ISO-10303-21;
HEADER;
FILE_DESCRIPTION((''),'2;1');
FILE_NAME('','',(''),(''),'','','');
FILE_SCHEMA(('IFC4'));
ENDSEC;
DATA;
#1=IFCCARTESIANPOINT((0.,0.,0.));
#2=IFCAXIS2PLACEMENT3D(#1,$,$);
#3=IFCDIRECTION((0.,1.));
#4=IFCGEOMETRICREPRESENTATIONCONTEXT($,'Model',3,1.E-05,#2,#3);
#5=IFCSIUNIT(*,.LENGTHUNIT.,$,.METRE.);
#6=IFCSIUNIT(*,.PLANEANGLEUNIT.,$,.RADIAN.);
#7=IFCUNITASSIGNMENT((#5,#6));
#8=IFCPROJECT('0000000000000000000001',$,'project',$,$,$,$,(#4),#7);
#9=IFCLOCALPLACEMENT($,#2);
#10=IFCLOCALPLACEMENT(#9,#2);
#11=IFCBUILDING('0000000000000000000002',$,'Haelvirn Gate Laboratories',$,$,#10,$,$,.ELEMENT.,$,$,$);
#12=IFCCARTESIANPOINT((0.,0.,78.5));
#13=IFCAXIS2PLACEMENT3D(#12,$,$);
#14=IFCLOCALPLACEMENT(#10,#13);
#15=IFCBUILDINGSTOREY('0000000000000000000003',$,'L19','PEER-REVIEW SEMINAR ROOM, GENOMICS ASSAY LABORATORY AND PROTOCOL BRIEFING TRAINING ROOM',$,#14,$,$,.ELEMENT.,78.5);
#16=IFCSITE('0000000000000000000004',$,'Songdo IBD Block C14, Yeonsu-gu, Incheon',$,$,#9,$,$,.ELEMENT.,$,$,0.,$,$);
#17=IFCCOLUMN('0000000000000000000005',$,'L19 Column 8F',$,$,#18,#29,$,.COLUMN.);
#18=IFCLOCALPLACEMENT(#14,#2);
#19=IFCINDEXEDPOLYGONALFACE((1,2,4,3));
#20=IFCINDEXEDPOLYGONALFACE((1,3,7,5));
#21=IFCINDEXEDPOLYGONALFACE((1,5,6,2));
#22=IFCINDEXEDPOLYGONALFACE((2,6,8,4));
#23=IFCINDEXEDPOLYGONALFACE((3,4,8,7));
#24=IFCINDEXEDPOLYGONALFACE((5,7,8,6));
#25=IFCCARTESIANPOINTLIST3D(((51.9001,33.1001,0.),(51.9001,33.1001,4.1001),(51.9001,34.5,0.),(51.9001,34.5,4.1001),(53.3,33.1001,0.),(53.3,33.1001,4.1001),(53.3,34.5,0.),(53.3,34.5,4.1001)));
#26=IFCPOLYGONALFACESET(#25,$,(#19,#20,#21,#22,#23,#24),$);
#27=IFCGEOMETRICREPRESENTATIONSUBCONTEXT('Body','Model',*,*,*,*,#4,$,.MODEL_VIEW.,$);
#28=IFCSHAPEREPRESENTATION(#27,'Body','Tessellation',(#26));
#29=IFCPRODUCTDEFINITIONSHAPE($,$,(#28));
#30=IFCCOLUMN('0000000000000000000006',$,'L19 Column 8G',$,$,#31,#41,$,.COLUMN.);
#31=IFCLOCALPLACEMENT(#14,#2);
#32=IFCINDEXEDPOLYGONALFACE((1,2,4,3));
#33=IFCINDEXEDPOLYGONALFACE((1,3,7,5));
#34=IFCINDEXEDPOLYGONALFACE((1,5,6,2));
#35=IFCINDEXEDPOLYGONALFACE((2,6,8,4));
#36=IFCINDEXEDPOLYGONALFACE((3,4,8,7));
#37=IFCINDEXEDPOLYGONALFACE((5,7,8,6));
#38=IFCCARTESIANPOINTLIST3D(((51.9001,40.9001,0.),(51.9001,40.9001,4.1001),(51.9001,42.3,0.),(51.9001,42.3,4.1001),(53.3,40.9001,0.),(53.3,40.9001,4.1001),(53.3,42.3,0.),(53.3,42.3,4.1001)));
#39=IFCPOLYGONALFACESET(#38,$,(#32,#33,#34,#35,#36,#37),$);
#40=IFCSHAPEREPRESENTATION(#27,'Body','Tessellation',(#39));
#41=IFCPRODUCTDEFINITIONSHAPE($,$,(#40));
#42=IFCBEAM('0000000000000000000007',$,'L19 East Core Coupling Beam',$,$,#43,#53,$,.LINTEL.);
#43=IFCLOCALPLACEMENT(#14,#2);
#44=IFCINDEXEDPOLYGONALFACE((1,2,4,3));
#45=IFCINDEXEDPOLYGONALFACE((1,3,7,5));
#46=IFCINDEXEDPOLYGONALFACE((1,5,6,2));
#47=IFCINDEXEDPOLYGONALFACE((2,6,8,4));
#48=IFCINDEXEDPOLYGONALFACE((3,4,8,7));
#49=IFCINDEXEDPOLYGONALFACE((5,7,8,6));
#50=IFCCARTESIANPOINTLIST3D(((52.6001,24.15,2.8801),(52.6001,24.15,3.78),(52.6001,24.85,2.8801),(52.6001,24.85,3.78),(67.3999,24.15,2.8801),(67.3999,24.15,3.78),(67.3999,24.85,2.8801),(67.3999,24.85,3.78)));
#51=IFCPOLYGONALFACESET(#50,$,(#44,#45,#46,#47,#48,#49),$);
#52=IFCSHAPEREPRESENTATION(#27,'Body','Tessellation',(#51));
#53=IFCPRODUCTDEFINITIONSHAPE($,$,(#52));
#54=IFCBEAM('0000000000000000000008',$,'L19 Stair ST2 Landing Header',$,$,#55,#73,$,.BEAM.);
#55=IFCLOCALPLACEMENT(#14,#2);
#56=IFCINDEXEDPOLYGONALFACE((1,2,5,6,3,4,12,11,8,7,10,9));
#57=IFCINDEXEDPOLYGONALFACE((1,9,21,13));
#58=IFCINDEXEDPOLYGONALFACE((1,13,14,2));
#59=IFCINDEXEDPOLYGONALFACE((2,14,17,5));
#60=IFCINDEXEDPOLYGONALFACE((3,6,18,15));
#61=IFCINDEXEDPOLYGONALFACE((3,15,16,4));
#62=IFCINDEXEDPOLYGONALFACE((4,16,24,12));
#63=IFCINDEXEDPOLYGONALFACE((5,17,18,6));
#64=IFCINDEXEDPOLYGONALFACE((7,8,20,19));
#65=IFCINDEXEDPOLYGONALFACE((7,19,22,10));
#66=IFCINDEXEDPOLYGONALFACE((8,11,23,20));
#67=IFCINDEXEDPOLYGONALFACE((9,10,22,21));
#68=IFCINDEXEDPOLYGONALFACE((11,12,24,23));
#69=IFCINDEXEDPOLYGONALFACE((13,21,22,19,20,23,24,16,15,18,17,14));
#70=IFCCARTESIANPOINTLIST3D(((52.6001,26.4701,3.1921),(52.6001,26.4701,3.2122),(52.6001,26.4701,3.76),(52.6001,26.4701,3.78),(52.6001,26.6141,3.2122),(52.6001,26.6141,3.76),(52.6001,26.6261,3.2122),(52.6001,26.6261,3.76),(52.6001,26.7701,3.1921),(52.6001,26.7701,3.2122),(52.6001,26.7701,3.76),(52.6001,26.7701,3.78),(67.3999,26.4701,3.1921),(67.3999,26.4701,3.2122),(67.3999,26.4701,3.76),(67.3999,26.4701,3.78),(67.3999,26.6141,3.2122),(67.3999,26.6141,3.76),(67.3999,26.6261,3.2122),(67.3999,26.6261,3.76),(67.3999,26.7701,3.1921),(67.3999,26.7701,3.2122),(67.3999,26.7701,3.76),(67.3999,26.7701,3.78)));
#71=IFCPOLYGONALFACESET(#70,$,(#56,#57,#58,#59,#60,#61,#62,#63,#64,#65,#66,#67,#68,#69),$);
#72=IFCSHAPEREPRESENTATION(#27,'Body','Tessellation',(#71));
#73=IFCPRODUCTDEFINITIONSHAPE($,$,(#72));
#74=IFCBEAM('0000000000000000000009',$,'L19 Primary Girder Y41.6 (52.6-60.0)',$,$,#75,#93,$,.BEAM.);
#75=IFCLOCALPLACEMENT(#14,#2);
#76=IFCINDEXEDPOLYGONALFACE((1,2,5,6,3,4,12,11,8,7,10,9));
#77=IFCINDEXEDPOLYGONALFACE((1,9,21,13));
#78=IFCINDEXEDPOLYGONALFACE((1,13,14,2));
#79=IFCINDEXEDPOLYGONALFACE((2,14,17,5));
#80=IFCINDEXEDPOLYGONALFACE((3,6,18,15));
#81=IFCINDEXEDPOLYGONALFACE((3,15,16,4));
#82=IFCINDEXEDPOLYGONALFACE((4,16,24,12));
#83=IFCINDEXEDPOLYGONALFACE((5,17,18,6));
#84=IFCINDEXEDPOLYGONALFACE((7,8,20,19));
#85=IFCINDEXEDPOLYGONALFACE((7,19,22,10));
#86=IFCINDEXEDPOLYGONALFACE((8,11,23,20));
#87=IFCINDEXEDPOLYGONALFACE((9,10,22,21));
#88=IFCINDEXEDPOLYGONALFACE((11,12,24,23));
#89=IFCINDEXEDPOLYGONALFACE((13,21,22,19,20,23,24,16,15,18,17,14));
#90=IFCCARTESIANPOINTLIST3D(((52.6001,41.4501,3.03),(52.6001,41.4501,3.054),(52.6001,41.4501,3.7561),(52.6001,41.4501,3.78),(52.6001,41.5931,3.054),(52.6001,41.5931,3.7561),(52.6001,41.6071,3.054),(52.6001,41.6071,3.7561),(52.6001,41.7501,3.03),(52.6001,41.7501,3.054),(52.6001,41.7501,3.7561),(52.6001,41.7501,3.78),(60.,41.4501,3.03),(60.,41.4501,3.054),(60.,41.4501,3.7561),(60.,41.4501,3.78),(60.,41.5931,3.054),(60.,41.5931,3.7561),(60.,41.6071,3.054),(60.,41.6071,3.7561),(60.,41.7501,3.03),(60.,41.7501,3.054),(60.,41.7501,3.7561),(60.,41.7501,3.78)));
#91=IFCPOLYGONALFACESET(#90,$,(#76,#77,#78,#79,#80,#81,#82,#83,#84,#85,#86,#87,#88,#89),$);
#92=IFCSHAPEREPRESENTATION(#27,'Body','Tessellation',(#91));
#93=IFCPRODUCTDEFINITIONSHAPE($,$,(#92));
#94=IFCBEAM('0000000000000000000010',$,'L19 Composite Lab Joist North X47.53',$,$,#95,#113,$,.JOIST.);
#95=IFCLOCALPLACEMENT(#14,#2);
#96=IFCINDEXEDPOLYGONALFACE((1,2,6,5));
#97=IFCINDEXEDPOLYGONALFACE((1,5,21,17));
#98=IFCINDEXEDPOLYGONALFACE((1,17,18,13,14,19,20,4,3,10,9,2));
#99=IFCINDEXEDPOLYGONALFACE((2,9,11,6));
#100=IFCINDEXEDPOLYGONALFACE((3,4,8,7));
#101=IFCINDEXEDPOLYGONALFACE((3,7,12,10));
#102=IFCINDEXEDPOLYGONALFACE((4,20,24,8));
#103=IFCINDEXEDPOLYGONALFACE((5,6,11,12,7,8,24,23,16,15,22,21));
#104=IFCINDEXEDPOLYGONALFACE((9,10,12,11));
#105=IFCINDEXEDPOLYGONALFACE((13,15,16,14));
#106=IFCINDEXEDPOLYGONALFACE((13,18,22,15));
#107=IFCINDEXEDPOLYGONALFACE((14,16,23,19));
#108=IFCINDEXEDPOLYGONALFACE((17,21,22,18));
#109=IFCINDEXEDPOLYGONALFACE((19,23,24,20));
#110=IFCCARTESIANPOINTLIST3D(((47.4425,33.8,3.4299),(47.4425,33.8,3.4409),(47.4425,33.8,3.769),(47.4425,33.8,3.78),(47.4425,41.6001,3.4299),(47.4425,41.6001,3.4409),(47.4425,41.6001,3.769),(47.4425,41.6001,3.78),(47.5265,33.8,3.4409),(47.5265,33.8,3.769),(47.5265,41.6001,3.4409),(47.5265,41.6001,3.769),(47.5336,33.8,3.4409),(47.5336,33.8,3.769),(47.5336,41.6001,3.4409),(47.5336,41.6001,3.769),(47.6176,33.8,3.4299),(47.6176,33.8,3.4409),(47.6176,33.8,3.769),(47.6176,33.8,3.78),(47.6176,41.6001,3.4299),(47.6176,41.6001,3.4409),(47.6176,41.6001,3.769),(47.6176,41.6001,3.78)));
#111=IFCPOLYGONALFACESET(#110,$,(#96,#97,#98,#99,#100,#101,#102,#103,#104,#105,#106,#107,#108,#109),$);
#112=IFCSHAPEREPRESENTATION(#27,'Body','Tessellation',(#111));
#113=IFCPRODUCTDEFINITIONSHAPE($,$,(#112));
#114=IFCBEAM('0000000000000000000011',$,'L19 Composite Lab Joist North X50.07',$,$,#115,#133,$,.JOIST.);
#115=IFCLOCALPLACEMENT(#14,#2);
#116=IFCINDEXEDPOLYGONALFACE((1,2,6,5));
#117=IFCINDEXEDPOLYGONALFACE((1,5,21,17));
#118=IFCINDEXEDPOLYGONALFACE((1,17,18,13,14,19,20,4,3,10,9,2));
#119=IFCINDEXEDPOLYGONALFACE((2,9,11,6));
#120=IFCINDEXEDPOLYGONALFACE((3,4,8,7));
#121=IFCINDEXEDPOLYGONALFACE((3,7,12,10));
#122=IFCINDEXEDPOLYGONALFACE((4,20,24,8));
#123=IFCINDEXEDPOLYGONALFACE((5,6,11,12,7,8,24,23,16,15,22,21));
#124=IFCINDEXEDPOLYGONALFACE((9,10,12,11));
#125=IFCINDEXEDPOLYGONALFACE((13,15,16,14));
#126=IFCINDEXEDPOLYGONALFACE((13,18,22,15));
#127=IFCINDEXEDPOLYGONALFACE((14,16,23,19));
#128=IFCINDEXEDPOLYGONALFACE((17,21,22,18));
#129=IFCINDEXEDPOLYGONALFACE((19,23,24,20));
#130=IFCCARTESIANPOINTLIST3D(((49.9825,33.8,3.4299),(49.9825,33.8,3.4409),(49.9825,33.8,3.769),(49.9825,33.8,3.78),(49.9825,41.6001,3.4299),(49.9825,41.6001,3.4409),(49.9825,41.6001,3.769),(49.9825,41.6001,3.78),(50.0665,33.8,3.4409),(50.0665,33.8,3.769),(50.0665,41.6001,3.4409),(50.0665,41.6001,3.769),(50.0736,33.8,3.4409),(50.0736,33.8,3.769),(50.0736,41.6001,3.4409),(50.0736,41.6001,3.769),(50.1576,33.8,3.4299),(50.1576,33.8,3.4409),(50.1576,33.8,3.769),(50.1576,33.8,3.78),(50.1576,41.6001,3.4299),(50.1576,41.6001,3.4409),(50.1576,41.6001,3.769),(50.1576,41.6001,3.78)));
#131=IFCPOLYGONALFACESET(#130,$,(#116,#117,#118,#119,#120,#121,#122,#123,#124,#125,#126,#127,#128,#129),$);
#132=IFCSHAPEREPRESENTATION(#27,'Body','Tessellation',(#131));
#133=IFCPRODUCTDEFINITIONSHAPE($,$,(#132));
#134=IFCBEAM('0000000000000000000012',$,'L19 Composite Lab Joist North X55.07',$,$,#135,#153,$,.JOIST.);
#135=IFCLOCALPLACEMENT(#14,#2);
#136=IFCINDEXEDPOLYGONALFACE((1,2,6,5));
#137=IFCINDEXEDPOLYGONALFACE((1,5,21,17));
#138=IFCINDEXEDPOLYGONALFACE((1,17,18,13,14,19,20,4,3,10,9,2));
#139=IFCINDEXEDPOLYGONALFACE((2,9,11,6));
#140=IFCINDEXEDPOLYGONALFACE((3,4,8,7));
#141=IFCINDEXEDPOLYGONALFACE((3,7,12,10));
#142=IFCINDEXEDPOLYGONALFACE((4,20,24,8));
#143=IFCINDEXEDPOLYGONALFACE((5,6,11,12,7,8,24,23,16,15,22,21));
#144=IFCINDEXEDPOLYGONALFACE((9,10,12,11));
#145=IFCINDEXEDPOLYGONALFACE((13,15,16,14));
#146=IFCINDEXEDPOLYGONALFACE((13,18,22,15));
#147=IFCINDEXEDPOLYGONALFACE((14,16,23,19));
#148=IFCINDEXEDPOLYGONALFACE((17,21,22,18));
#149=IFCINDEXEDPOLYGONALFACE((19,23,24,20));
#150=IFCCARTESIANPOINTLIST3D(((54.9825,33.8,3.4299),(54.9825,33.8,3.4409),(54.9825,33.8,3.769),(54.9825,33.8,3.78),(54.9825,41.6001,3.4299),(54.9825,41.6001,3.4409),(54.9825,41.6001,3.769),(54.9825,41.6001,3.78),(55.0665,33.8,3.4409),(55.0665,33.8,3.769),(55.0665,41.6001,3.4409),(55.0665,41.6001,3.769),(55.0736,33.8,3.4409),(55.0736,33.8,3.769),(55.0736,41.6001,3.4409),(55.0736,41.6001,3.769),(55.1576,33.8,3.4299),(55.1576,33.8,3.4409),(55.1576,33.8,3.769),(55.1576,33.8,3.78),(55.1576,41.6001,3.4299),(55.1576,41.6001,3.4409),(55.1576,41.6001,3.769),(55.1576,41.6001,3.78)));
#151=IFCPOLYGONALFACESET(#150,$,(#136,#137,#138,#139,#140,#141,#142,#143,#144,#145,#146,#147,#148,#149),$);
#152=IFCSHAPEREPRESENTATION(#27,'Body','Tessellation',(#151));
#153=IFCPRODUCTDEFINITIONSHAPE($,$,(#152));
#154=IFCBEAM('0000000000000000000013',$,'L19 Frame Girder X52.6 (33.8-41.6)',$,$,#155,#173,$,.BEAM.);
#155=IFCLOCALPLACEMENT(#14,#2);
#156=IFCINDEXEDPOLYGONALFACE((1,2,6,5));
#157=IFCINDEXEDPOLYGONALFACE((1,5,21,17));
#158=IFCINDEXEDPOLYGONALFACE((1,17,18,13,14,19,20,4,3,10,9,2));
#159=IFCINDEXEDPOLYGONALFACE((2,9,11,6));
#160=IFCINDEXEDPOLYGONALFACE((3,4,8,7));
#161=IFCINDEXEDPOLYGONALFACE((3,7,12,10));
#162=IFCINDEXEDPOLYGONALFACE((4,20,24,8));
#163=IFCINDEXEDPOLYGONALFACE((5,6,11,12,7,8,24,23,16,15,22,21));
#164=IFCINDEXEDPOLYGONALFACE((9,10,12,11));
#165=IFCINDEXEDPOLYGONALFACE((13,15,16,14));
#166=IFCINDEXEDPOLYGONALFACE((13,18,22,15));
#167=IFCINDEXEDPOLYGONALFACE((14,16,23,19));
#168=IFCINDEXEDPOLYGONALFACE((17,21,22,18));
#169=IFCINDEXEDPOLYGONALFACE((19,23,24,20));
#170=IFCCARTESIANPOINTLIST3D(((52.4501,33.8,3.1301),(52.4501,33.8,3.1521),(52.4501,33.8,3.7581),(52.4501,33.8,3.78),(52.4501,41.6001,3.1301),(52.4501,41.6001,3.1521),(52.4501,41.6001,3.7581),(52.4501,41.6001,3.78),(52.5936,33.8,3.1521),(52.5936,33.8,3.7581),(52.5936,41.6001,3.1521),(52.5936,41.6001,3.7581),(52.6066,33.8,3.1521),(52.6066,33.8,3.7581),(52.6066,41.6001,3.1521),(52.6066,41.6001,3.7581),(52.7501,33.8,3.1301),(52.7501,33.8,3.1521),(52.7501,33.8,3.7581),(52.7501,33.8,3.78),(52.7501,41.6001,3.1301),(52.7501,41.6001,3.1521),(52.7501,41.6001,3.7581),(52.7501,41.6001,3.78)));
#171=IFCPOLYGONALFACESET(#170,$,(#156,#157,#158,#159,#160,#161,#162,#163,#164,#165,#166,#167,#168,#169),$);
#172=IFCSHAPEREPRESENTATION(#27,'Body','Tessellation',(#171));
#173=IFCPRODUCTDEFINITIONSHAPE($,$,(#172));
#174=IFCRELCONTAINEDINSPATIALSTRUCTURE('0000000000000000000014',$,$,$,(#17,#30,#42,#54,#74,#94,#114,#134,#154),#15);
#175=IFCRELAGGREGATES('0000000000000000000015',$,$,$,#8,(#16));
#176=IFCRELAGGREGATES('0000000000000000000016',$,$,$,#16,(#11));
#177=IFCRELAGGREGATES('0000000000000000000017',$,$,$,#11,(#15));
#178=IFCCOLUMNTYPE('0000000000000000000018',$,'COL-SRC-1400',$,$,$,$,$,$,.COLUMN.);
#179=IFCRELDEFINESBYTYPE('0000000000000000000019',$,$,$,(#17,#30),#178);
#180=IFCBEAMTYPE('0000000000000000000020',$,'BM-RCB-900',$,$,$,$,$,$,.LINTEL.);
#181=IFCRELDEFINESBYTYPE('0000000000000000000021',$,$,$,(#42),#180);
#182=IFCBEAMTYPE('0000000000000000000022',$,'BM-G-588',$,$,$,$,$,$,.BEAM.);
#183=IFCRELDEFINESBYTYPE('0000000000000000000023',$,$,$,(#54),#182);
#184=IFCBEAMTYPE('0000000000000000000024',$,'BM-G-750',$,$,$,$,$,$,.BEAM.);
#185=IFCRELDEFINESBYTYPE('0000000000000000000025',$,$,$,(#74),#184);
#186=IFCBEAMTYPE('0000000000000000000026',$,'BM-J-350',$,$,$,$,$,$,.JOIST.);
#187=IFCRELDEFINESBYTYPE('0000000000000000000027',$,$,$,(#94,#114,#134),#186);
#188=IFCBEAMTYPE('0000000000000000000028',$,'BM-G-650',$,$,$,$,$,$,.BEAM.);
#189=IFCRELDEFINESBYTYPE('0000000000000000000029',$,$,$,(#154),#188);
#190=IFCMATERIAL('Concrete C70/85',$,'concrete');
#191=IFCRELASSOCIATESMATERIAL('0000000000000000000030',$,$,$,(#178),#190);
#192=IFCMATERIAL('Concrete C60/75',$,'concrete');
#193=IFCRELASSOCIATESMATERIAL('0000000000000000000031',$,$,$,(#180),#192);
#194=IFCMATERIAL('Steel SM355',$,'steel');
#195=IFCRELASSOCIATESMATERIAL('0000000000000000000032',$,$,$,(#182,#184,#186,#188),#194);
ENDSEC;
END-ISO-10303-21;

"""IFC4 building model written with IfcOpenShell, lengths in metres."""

from ifc_helpers import new_model, si_unit, direction, frame, origin, origin_2d, place, context, subcontext, project, spatial, rectangle, i_section, extrude, source, transform, mapped, material, material_profile, profile_set, type_object, type_shapes, element, save


model = new_model("IFC4")

# Units and contexts
model_context = context("Model", 3, precision=1e-05, world=origin(), true_north=direction((0.0, 1.0)))
body_context = subcontext(model_context, "Body", "Model", "MODEL_VIEW")
ifc_project = project(units=[si_unit("LENGTHUNIT", "METRE"), si_unit("PLANEANGLEUNIT", "RADIAN")], contexts=[model_context])

# Site, building, storey
site_placement = place(None, origin())
site = spatial("IfcSite", under=ifc_project, at=site_placement, Name="Songdo IBD Block C14, Yeonsu-gu, Incheon", CompositionType="ELEMENT", RefElevation=0.0)
building_placement = place(site_placement, origin())
building = spatial("IfcBuilding", under=site, at=building_placement, Name="Haelvirn Gate Laboratories", CompositionType="ELEMENT")
storey_placement = place(building_placement, frame((0.0, 0.0, 78.5)))
storey = spatial("IfcBuildingStorey", under=building, at=storey_placement, Name="L19", Description="PEER-REVIEW SEMINAR ROOM, GENOMICS ASSAY LABORATORY AND PROTOCOL BRIEFING TRAINING ROOM", CompositionType="ELEMENT", Elevation=78.5)

# Columns
ifc_material_1 = material(Name="Concrete C70/85", Category="concrete")
ifc_material_profile_1 = material_profile(ifc_material_1, rectangle(XDim=1.3999, YDim=1.3999, at=origin_2d()), Name="SRC-1400x1400")
ifc_profile_set_1 = profile_set([ifc_material_profile_1], Name="Concrete C70/85")
column_type = type_object("IfcColumnType", Name="COL-SRC-1400", PredefinedType="COLUMN", material=ifc_profile_set_1)
shared_shape_1 = source(origin(), body_context, "Body", "SweptSolid", [
    extrude(rectangle(XDim=1.3999, YDim=1.3999, at=origin_2d()), origin(), (0.0, 0.0, 1.0), 4.1001),
])
type_shapes(column_type, [shared_shape_1])
for number, where, z_axis, x_axis, name in (
    (1, (52.6001, 33.8, 0.0), (0.0, 0.0, 1.0), (1.0, 0.0, 0.0), "L19 Column 8F"),
    (2, (52.6001, 41.6001, 0.0), (0.0, 0.0, 1.0), (1.0, 0.0, 0.0), "L19 Column 8G"),
):
    element("IfcColumn", number, at=place(storey_placement, frame(where, z_axis=z_axis, x_axis=x_axis)), inside=storey, type_object=column_type, Name=name, PredefinedType="COLUMN", context=body_context, shape_type="MappedRepresentation", body=[
        mapped(shared_shape_1, transform((0.0, 0.0, 0.0), scale=1.0)),
    ])

# Beams
ifc_material_2 = material(Name="Concrete C60/75", Category="concrete")
ifc_material_profile_2 = material_profile(ifc_material_2, rectangle(XDim=0.7, YDim=0.8999, at=origin_2d()), Name="RCB-700x900")
ifc_profile_set_2 = profile_set([ifc_material_profile_2], Name="Concrete C60/75")
beam_type_1 = type_object("IfcBeamType", Name="BM-RCB-900", PredefinedType="LINTEL", material=ifc_profile_set_2)
shared_shape_2 = source(origin(), body_context, "Body", "SweptSolid", [
    extrude(rectangle(XDim=0.7, YDim=0.8999, at=origin_2d()), origin(), (0.0, 0.0, 1.0), 14.7998),
])
type_shapes(beam_type_1, [shared_shape_2])
beam_1_placement = place(storey_placement, frame((52.6001, 24.5, 3.3301), z_axis=(1.0, 0.0, 0.0), x_axis=(0.0, 1.0, 0.0)))
element("IfcBeam", 3, at=beam_1_placement, inside=storey, type_object=beam_type_1, Name="L19 East Core Coupling Beam", PredefinedType="LINTEL", context=body_context, shape_type="MappedRepresentation", body=[
    mapped(shared_shape_2, transform((0.0, 0.0, 0.0), scale=1.0)),
])
ifc_material_3 = material(Name="Steel SM355", Category="steel")
ifc_material_profile_3 = material_profile(ifc_material_3, i_section(OverallWidth=0.3, OverallDepth=0.5879, WebThickness=0.012, FlangeThickness=0.02, at=origin_2d()), Name="H-588x300x12x20")
ifc_profile_set_3 = profile_set([ifc_material_profile_3], Name="Steel SM355")
beam_type_2 = type_object("IfcBeamType", Name="BM-G-588", PredefinedType="BEAM", material=ifc_profile_set_3)
shared_shape_3 = source(origin(), body_context, "Body", "SweptSolid", [
    extrude(i_section(OverallWidth=0.3, OverallDepth=0.5879, WebThickness=0.012, FlangeThickness=0.02, at=origin_2d()), origin(), (0.0, 0.0, 1.0), 14.7998),
])
type_shapes(beam_type_2, [shared_shape_3])
beam_2_placement = place(storey_placement, frame((52.6001, 26.6201, 3.4861), z_axis=(1.0, 0.0, 0.0), x_axis=(0.0, 1.0, 0.0)))
element("IfcBeam", 4, at=beam_2_placement, inside=storey, type_object=beam_type_2, Name="L19 Stair ST2 Landing Header", PredefinedType="BEAM", context=body_context, shape_type="MappedRepresentation", body=[
    mapped(shared_shape_3, transform((0.0, 0.0, 0.0), scale=1.0)),
])
ifc_material_profile_4 = material_profile(ifc_material_3, i_section(OverallWidth=0.3, OverallDepth=0.75, WebThickness=0.0139, FlangeThickness=0.0239, at=origin_2d()), Name="H-750x300x14x24")
ifc_profile_set_4 = profile_set([ifc_material_profile_4], Name="Steel SM355")
beam_type_3 = type_object("IfcBeamType", Name="BM-G-750", PredefinedType="BEAM", material=ifc_profile_set_4)
shared_shape_4 = source(origin(), body_context, "Body", "SweptSolid", [
    extrude(i_section(OverallWidth=0.3, OverallDepth=0.75, WebThickness=0.0139, FlangeThickness=0.0239, at=origin_2d()), origin(), (0.0, 0.0, 1.0), 7.3999),
])
type_shapes(beam_type_3, [shared_shape_4])
beam_3_placement = place(storey_placement, frame((52.6001, 41.6001, 3.405), z_axis=(1.0, 0.0, 0.0), x_axis=(0.0, 1.0, 0.0)))
element("IfcBeam", 5, at=beam_3_placement, inside=storey, type_object=beam_type_3, Name="L19 Primary Girder Y41.6 (52.6-60.0)", PredefinedType="BEAM", context=body_context, shape_type="MappedRepresentation", body=[
    mapped(shared_shape_4, transform((0.0, 0.0, 0.0), scale=1.0)),
])
ifc_material_profile_5 = material_profile(ifc_material_3, i_section(OverallWidth=0.175, OverallDepth=0.3501, WebThickness=0.0071, FlangeThickness=0.011, at=origin_2d()), Name="H-350x175x7x11")
ifc_profile_set_5 = profile_set([ifc_material_profile_5], Name="Steel SM355")
beam_type_4 = type_object("IfcBeamType", Name="BM-J-350", PredefinedType="JOIST", material=ifc_profile_set_5)
shared_shape_5 = source(origin(), body_context, "Body", "SweptSolid", [
    extrude(i_section(OverallWidth=0.175, OverallDepth=0.3501, WebThickness=0.0071, FlangeThickness=0.011, at=origin_2d()), origin(), (0.0, 0.0, 1.0), 7.8),
])
type_shapes(beam_type_4, [shared_shape_5])
for number, where, z_axis, x_axis, name in (
    (6, (47.53, 33.8, 3.605), (0.0, 1.0, 0.0), (-1.0, 0.0, 0.0), "L19 Composite Lab Joist North X47.53"),
    (7, (50.0701, 33.8, 3.605), (0.0, 1.0, 0.0), (-1.0, 0.0, 0.0), "L19 Composite Lab Joist North X50.07"),
    (8, (55.0701, 33.8, 3.605), (0.0, 1.0, 0.0), (-1.0, 0.0, 0.0), "L19 Composite Lab Joist North X55.07"),
):
    element("IfcBeam", number, at=place(storey_placement, frame(where, z_axis=z_axis, x_axis=x_axis)), inside=storey, type_object=beam_type_4, Name=name, PredefinedType="JOIST", context=body_context, shape_type="MappedRepresentation", body=[
        mapped(shared_shape_5, transform((0.0, 0.0, 0.0), scale=1.0)),
    ])
ifc_material_profile_6 = material_profile(ifc_material_3, i_section(OverallWidth=0.3, OverallDepth=0.6499, WebThickness=0.0129, FlangeThickness=0.022, at=origin_2d()), Name="H-650x300x13x22")
ifc_profile_set_6 = profile_set([ifc_material_profile_6], Name="Steel SM355")
beam_type_5 = type_object("IfcBeamType", Name="BM-G-650", PredefinedType="BEAM", material=ifc_profile_set_6)
shared_shape_6 = source(origin(), body_context, "Body", "SweptSolid", [
    extrude(i_section(OverallWidth=0.3, OverallDepth=0.6499, WebThickness=0.0129, FlangeThickness=0.022, at=origin_2d()), origin(), (0.0, 0.0, 1.0), 7.8),
])
type_shapes(beam_type_5, [shared_shape_6])
beam_4_placement = place(storey_placement, frame((52.6001, 33.8, 3.4551), z_axis=(0.0, 1.0, 0.0), x_axis=(-1.0, 0.0, 0.0)))
element("IfcBeam", 9, at=beam_4_placement, inside=storey, type_object=beam_type_5, Name="L19 Frame Girder X52.6 (33.8-41.6)", PredefinedType="BEAM", context=body_context, shape_type="MappedRepresentation", body=[
    mapped(shared_shape_6, transform((0.0, 0.0, 0.0), scale=1.0)),
])

save(model, "model.ifc")
